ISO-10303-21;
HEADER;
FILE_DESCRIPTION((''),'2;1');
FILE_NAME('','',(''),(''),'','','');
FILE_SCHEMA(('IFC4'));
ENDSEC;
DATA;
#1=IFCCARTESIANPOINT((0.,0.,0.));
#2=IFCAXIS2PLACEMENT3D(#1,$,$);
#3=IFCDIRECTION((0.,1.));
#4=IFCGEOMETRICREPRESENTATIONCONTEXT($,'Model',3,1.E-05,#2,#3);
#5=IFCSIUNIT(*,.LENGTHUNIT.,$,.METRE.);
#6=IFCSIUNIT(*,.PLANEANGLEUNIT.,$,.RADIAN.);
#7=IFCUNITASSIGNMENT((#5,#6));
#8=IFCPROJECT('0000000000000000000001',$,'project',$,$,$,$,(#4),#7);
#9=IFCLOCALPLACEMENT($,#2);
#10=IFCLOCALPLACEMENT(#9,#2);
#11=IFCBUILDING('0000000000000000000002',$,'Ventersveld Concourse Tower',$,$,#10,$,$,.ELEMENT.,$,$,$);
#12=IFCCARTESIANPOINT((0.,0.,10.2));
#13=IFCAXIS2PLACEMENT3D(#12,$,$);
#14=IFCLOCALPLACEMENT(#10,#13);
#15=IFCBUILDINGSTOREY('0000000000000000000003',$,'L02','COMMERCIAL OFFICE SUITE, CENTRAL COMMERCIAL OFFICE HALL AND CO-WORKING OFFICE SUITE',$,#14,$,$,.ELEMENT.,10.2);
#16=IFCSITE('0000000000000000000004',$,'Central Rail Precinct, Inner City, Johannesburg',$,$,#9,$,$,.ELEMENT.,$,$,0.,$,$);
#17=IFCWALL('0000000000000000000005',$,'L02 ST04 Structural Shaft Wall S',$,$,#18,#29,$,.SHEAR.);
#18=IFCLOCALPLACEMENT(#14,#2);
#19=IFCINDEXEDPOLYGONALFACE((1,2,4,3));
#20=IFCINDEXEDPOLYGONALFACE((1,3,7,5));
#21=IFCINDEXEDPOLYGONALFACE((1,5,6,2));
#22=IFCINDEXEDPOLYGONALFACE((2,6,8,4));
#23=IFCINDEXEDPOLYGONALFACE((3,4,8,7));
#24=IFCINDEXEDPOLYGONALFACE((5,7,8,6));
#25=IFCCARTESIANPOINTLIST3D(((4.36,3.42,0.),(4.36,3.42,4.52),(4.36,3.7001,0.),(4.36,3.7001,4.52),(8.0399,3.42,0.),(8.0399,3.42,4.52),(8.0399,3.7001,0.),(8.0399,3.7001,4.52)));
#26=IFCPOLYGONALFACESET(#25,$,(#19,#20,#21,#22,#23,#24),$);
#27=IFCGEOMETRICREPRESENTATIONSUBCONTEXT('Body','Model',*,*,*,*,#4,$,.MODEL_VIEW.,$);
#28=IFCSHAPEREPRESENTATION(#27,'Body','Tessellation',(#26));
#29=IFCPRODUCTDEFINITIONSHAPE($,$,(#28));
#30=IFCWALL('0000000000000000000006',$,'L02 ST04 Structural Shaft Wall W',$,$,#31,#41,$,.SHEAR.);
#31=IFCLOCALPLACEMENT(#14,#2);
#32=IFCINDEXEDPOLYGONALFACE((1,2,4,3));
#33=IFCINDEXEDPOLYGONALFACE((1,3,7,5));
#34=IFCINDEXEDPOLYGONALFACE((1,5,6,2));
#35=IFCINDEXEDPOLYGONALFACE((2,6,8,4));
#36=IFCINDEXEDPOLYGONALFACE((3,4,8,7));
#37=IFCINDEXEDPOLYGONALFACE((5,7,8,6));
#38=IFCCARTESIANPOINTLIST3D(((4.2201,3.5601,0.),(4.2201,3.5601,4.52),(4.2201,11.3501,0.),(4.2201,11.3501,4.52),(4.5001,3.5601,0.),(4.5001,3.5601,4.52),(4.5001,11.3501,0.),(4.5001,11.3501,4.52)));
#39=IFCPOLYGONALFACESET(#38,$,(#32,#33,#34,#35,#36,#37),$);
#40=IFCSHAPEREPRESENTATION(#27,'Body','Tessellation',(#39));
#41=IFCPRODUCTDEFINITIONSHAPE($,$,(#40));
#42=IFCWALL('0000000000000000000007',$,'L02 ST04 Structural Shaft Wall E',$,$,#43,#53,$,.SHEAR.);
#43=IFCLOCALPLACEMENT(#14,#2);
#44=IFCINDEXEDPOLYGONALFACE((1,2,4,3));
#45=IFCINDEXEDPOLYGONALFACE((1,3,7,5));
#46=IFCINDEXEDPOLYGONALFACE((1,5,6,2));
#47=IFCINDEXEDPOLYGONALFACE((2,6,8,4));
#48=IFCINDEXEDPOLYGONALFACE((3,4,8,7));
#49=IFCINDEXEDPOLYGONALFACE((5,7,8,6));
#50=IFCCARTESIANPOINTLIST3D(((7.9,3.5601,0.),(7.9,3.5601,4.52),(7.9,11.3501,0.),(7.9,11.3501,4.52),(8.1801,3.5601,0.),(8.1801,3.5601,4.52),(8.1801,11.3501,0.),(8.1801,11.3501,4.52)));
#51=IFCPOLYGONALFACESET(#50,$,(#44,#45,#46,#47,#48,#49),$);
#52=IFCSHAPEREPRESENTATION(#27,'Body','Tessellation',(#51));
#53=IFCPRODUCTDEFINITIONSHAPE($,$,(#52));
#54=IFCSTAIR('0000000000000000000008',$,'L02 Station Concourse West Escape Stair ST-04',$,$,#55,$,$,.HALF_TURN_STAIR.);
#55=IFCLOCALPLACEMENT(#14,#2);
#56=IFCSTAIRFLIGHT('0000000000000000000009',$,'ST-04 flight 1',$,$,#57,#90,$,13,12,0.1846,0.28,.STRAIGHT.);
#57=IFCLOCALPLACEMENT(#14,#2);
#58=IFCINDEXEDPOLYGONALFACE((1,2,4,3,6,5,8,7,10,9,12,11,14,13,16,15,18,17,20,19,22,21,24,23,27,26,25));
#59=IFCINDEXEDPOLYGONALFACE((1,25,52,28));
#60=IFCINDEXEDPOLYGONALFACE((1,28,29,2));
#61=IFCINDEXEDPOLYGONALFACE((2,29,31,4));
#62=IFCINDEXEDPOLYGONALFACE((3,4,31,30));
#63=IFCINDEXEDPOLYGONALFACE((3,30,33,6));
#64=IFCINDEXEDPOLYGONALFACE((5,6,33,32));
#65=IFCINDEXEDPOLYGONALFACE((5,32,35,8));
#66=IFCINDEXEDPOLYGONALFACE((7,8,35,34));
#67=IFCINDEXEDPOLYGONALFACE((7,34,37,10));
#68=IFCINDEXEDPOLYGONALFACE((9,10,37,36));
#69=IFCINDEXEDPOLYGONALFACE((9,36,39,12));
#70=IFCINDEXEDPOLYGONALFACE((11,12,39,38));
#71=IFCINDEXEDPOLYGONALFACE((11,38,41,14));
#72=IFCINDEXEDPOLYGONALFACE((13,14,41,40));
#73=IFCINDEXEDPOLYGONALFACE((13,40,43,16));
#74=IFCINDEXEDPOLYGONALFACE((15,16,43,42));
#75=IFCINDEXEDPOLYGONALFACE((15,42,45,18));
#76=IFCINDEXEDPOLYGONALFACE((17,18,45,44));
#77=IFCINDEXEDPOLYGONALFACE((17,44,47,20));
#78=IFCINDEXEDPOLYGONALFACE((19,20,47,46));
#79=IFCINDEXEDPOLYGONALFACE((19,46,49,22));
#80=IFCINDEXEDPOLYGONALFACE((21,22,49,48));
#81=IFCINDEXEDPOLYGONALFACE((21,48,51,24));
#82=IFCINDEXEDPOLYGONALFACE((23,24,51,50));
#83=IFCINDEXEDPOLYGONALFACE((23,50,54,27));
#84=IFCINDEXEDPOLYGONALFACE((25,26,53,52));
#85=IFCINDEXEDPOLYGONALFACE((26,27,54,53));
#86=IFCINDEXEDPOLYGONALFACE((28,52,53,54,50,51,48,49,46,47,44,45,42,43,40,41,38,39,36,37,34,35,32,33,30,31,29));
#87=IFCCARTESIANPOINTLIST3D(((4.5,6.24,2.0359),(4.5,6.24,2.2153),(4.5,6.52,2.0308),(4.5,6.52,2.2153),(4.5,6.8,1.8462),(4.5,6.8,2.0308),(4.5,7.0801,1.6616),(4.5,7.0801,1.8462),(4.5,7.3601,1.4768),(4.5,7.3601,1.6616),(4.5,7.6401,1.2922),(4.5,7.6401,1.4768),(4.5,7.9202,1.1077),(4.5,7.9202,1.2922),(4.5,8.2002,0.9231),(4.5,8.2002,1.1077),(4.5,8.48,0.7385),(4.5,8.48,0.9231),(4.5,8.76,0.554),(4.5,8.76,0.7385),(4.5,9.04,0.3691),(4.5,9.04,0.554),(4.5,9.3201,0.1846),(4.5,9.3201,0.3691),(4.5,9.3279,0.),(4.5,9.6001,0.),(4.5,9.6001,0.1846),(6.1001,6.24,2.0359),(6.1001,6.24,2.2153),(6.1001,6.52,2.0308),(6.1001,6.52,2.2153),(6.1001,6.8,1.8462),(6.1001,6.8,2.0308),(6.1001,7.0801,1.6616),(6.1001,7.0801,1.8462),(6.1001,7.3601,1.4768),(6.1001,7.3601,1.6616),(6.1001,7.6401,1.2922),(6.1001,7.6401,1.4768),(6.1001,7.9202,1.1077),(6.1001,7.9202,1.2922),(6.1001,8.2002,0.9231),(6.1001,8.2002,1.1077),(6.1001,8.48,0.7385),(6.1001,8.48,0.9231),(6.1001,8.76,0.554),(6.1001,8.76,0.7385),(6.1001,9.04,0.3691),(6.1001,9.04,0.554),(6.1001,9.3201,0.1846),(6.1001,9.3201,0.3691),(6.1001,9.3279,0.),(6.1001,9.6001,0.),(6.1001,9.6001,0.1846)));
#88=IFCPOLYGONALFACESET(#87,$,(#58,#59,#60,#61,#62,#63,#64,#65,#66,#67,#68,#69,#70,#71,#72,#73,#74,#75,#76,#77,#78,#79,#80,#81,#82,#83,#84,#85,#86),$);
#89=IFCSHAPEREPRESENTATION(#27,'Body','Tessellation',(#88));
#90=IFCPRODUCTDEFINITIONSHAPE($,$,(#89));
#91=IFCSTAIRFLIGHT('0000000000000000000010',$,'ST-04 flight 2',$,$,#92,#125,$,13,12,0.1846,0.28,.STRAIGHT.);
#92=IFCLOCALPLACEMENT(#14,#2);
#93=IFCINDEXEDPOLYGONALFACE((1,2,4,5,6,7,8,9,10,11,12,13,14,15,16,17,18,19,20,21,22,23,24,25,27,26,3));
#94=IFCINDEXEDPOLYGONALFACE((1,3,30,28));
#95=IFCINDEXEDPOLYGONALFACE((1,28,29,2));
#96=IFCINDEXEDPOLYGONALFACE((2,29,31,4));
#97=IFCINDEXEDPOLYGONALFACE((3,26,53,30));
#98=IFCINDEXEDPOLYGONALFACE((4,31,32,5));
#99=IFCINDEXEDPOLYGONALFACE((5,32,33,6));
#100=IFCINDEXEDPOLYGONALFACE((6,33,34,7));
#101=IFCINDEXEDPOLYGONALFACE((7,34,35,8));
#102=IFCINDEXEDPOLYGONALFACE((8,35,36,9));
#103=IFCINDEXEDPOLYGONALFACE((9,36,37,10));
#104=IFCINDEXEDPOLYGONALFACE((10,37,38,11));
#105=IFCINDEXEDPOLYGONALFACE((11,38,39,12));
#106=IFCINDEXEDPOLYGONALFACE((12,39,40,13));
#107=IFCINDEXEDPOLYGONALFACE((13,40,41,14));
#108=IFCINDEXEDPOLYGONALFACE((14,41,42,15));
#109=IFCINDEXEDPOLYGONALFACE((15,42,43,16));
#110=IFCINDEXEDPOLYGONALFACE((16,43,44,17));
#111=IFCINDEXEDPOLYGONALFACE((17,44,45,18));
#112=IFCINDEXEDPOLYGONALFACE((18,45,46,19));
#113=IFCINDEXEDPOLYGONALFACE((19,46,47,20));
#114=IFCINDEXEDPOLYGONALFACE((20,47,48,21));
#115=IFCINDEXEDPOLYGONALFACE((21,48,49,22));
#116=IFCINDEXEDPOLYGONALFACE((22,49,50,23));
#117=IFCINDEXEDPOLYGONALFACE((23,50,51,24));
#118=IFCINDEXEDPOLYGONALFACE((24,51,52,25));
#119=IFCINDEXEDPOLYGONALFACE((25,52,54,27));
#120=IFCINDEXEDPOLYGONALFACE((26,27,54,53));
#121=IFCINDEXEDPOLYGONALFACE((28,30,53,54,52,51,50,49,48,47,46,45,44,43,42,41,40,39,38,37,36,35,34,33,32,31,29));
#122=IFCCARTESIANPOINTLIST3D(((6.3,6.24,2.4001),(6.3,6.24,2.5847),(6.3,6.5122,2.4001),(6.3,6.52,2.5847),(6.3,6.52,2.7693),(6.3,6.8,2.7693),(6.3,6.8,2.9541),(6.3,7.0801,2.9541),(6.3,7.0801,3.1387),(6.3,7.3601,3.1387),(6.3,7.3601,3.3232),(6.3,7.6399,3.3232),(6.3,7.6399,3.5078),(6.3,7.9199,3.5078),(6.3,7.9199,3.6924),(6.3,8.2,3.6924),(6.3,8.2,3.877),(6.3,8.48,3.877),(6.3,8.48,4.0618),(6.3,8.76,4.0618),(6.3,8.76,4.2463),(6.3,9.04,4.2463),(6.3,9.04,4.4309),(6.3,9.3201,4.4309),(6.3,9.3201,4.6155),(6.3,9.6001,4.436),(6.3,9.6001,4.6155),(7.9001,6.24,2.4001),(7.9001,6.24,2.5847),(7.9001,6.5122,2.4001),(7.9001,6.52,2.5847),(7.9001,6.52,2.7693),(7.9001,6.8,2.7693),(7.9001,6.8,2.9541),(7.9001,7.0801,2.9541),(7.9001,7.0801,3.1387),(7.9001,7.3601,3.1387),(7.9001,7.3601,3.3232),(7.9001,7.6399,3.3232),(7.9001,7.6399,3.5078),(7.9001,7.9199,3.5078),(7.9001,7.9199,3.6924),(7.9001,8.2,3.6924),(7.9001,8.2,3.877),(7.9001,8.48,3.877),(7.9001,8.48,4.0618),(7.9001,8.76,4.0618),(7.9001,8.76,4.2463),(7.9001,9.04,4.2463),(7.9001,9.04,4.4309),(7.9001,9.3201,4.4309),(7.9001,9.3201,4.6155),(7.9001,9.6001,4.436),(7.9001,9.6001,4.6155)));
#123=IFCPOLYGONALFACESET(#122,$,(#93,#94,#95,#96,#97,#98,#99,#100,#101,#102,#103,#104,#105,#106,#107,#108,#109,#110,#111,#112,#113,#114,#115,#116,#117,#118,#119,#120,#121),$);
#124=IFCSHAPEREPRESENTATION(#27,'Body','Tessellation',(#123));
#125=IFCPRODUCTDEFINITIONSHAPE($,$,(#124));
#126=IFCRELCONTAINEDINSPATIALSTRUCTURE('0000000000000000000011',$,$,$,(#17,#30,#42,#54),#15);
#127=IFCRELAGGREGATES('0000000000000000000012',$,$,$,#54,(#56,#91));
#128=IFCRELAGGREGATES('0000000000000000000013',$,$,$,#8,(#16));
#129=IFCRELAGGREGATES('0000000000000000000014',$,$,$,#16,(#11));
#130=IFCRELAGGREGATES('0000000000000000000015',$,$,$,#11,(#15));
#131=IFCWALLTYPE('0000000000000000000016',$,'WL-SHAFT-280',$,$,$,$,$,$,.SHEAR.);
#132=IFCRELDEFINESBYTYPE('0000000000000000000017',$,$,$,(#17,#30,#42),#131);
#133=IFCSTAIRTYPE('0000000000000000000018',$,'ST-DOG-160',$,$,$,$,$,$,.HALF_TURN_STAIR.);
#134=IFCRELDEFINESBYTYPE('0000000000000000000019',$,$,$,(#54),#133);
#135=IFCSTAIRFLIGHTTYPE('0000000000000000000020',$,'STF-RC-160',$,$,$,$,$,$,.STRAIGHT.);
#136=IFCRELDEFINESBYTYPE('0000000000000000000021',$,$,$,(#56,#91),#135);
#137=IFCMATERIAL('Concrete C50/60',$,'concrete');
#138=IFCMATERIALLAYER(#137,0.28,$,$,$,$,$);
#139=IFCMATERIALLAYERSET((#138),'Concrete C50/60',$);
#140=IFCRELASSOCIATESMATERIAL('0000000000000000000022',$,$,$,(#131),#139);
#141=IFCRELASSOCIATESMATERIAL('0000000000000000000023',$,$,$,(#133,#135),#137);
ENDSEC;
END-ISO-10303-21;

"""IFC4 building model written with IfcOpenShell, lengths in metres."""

from ifc_helpers import new_model, si_unit, direction, frame, frame_2d, origin, place, context, subcontext, project, spatial, polyline, rectangle, outline, extrude, material, layer, layer_set, type_object, element, aggregate, save


model = new_model("IFC4")

# Units and contexts
model_context = context("Model", 3, precision=1e-05, world=origin(), true_north=direction((0.0, 1.0)))
body_context = subcontext(model_context, "Body", "Model", "MODEL_VIEW")
ifc_project = project(units=[si_unit("LENGTHUNIT", "METRE"), si_unit("PLANEANGLEUNIT", "RADIAN")], contexts=[model_context])

# Site, building, storey
site_placement = place(None, origin())
site = spatial("IfcSite", under=ifc_project, at=site_placement, Name="Central Rail Precinct, Inner City, Johannesburg", CompositionType="ELEMENT", RefElevation=0.0)
building_placement = place(site_placement, origin())
building = spatial("IfcBuilding", under=site, at=building_placement, Name="Ventersveld Concourse Tower", CompositionType="ELEMENT")
storey_placement = place(building_placement, frame((0.0, 0.0, 10.2)))
storey = spatial("IfcBuildingStorey", under=building, at=storey_placement, Name="L02", Description="COMMERCIAL OFFICE SUITE, CENTRAL COMMERCIAL OFFICE HALL AND CO-WORKING OFFICE SUITE", CompositionType="ELEMENT", Elevation=10.2)

# Shared definitions
ifc_material_1 = material(Name="Concrete C50/60", Category="concrete")

# Walls
ifc_layer_1 = layer(ifc_material_1, 0.28)
ifc_layer_set_1 = layer_set([ifc_layer_1], Name="Concrete C50/60")
wall_type_1 = type_object("IfcWallType", Name="WL-SHAFT-280", PredefinedType="SHEAR", material=ifc_layer_set_1)
wall_1_placement = place(storey_placement, frame((4.3601, 3.5601, 0.0), z_axis=(0.0, 0.0, 1.0), x_axis=(1.0, 0.0, 0.0)))
element("IfcWall", 1, at=wall_1_placement, inside=storey, type_object=wall_type_1, Name="L02 ST04 Structural Shaft Wall S", PredefinedType="SHEAR", context=body_context, shape_type="SweptSolid", body=[
    extrude(rectangle(XDim=3.6799, YDim=0.28, at=frame_2d((1.8398, 0.0))), origin(), (0.0, 0.0, 1.0), 4.52),
])
for number, where, z_axis, x_axis, name in (
    (2, (4.3601, 3.5601, 0.0), (0.0, 0.0, 1.0), (0.0, 1.0, 0.0), "L02 ST04 Structural Shaft Wall W"),
    (3, (8.04, 3.5601, 0.0), (0.0, 0.0, 1.0), (0.0, 1.0, 0.0), "L02 ST04 Structural Shaft Wall E"),
):
    element("IfcWall", number, at=place(storey_placement, frame(where, z_axis=z_axis, x_axis=x_axis)), inside=storey, type_object=wall_type_1, Name=name, PredefinedType="SHEAR", context=body_context, shape_type="SweptSolid", body=[
        extrude(rectangle(XDim=7.79, YDim=0.28, at=frame_2d((3.895, 0.0))), origin(), (0.0, 0.0, 1.0), 4.52),
    ])

# Stair, stair flights
stair_type = type_object("IfcStairType", Name="ST-DOG-160", PredefinedType="HALF_TURN_STAIR", material=ifc_material_1)
stair_placement = place(storey_placement, origin())
stair = element("IfcStair", 4, at=stair_placement, inside=storey, type_object=stair_type, Name="L02 Station Concourse West Escape Stair ST-04", PredefinedType="HALF_TURN_STAIR")
stair_flight_type = type_object("IfcStairFlightType", Name="STF-RC-160", PredefinedType="STRAIGHT", material=ifc_material_1)
stair_flight_1_placement = place(storey_placement, frame((5.3, 9.6001, 0.0), z_axis=(0.0, 0.0, 1.0), x_axis=(0.0, -1.0, 0.0)))
stair_flight_1 = element("IfcStairFlight", 5, at=stair_flight_1_placement, type_object=stair_flight_type, Name="ST-04 flight 1", NumberOfRisers=13, NumberOfTreads=12, PredefinedType="STRAIGHT", RiserHeight=0.1846, TreadLength=0.28, context=body_context, shape_type="SweptSolid", body=[
    extrude(outline(polyline([(0.0, 0.0), (0.0, 0.1846), (0.28, 0.1846), (0.28, 0.3691), (0.5601, 0.3691), (0.5601, 0.554), (0.8401, 0.554), (0.8401, 0.7385), (1.1201, 0.7385), (1.1201, 0.9231), (1.3999, 0.9231), (1.3999, 1.1077), (1.6799, 1.1077), (1.6799, 1.2922), (1.96, 1.2922), (1.96, 1.4768), (2.24, 1.4768), (2.24, 1.6616), (2.52, 1.6616), (2.52, 1.8462), (2.8, 1.8462), (2.8, 2.0308), (3.0801, 2.0308), (3.0801, 2.2153), (3.3601, 2.2153), (3.3601, 2.3999), (3.3601, 2.0359), (0.2722, 0.0), (0.0, 0.0)])), frame((0.0, 0.8, 0.0), z_axis=(0.0, -1.0, 0.0), x_axis=(1.0, 0.0, 0.0)), (0.0, 0.0, 1.0), 1.6001),
])
stair_flight_2_placement = place(storey_placement, frame((7.1001, 6.24, 2.4001), z_axis=(0.0, 0.0, 1.0), x_axis=(0.0, 1.0, 0.0)))
stair_flight_2 = element("IfcStairFlight", 6, at=stair_flight_2_placement, type_object=stair_flight_type, Name="ST-04 flight 2", NumberOfRisers=13, NumberOfTreads=12, PredefinedType="STRAIGHT", RiserHeight=0.1846, TreadLength=0.28, context=body_context, shape_type="SweptSolid", body=[
    extrude(outline(polyline([(0.0, 0.0), (0.0, 0.1846), (0.28, 0.1846), (0.28, 0.3691), (0.5601, 0.3691), (0.5601, 0.554), (0.8401, 0.554), (0.8401, 0.7385), (1.1201, 0.7385), (1.1201, 0.9231), (1.3999, 0.9231), (1.3999, 1.1077), (1.6799, 1.1077), (1.6799, 1.2922), (1.96, 1.2922), (1.96, 1.4768), (2.24, 1.4768), (2.24, 1.6616), (2.52, 1.6616), (2.52, 1.8462), (2.8, 1.8462), (2.8, 2.0308), (3.0801, 2.0308), (3.0801, 2.2153), (3.3601, 2.2153), (3.3601, 2.3999), (3.3601, 2.0359), (0.2722, 0.0), (0.0, 0.0)])), frame((0.0, 0.8, 0.0), z_axis=(0.0, -1.0, 0.0), x_axis=(1.0, 0.0, 0.0)), (0.0, 0.0, 1.0), 1.6001),
])
aggregate(stair, [stair_flight_1, stair_flight_2])

save(model, "model.ifc")
